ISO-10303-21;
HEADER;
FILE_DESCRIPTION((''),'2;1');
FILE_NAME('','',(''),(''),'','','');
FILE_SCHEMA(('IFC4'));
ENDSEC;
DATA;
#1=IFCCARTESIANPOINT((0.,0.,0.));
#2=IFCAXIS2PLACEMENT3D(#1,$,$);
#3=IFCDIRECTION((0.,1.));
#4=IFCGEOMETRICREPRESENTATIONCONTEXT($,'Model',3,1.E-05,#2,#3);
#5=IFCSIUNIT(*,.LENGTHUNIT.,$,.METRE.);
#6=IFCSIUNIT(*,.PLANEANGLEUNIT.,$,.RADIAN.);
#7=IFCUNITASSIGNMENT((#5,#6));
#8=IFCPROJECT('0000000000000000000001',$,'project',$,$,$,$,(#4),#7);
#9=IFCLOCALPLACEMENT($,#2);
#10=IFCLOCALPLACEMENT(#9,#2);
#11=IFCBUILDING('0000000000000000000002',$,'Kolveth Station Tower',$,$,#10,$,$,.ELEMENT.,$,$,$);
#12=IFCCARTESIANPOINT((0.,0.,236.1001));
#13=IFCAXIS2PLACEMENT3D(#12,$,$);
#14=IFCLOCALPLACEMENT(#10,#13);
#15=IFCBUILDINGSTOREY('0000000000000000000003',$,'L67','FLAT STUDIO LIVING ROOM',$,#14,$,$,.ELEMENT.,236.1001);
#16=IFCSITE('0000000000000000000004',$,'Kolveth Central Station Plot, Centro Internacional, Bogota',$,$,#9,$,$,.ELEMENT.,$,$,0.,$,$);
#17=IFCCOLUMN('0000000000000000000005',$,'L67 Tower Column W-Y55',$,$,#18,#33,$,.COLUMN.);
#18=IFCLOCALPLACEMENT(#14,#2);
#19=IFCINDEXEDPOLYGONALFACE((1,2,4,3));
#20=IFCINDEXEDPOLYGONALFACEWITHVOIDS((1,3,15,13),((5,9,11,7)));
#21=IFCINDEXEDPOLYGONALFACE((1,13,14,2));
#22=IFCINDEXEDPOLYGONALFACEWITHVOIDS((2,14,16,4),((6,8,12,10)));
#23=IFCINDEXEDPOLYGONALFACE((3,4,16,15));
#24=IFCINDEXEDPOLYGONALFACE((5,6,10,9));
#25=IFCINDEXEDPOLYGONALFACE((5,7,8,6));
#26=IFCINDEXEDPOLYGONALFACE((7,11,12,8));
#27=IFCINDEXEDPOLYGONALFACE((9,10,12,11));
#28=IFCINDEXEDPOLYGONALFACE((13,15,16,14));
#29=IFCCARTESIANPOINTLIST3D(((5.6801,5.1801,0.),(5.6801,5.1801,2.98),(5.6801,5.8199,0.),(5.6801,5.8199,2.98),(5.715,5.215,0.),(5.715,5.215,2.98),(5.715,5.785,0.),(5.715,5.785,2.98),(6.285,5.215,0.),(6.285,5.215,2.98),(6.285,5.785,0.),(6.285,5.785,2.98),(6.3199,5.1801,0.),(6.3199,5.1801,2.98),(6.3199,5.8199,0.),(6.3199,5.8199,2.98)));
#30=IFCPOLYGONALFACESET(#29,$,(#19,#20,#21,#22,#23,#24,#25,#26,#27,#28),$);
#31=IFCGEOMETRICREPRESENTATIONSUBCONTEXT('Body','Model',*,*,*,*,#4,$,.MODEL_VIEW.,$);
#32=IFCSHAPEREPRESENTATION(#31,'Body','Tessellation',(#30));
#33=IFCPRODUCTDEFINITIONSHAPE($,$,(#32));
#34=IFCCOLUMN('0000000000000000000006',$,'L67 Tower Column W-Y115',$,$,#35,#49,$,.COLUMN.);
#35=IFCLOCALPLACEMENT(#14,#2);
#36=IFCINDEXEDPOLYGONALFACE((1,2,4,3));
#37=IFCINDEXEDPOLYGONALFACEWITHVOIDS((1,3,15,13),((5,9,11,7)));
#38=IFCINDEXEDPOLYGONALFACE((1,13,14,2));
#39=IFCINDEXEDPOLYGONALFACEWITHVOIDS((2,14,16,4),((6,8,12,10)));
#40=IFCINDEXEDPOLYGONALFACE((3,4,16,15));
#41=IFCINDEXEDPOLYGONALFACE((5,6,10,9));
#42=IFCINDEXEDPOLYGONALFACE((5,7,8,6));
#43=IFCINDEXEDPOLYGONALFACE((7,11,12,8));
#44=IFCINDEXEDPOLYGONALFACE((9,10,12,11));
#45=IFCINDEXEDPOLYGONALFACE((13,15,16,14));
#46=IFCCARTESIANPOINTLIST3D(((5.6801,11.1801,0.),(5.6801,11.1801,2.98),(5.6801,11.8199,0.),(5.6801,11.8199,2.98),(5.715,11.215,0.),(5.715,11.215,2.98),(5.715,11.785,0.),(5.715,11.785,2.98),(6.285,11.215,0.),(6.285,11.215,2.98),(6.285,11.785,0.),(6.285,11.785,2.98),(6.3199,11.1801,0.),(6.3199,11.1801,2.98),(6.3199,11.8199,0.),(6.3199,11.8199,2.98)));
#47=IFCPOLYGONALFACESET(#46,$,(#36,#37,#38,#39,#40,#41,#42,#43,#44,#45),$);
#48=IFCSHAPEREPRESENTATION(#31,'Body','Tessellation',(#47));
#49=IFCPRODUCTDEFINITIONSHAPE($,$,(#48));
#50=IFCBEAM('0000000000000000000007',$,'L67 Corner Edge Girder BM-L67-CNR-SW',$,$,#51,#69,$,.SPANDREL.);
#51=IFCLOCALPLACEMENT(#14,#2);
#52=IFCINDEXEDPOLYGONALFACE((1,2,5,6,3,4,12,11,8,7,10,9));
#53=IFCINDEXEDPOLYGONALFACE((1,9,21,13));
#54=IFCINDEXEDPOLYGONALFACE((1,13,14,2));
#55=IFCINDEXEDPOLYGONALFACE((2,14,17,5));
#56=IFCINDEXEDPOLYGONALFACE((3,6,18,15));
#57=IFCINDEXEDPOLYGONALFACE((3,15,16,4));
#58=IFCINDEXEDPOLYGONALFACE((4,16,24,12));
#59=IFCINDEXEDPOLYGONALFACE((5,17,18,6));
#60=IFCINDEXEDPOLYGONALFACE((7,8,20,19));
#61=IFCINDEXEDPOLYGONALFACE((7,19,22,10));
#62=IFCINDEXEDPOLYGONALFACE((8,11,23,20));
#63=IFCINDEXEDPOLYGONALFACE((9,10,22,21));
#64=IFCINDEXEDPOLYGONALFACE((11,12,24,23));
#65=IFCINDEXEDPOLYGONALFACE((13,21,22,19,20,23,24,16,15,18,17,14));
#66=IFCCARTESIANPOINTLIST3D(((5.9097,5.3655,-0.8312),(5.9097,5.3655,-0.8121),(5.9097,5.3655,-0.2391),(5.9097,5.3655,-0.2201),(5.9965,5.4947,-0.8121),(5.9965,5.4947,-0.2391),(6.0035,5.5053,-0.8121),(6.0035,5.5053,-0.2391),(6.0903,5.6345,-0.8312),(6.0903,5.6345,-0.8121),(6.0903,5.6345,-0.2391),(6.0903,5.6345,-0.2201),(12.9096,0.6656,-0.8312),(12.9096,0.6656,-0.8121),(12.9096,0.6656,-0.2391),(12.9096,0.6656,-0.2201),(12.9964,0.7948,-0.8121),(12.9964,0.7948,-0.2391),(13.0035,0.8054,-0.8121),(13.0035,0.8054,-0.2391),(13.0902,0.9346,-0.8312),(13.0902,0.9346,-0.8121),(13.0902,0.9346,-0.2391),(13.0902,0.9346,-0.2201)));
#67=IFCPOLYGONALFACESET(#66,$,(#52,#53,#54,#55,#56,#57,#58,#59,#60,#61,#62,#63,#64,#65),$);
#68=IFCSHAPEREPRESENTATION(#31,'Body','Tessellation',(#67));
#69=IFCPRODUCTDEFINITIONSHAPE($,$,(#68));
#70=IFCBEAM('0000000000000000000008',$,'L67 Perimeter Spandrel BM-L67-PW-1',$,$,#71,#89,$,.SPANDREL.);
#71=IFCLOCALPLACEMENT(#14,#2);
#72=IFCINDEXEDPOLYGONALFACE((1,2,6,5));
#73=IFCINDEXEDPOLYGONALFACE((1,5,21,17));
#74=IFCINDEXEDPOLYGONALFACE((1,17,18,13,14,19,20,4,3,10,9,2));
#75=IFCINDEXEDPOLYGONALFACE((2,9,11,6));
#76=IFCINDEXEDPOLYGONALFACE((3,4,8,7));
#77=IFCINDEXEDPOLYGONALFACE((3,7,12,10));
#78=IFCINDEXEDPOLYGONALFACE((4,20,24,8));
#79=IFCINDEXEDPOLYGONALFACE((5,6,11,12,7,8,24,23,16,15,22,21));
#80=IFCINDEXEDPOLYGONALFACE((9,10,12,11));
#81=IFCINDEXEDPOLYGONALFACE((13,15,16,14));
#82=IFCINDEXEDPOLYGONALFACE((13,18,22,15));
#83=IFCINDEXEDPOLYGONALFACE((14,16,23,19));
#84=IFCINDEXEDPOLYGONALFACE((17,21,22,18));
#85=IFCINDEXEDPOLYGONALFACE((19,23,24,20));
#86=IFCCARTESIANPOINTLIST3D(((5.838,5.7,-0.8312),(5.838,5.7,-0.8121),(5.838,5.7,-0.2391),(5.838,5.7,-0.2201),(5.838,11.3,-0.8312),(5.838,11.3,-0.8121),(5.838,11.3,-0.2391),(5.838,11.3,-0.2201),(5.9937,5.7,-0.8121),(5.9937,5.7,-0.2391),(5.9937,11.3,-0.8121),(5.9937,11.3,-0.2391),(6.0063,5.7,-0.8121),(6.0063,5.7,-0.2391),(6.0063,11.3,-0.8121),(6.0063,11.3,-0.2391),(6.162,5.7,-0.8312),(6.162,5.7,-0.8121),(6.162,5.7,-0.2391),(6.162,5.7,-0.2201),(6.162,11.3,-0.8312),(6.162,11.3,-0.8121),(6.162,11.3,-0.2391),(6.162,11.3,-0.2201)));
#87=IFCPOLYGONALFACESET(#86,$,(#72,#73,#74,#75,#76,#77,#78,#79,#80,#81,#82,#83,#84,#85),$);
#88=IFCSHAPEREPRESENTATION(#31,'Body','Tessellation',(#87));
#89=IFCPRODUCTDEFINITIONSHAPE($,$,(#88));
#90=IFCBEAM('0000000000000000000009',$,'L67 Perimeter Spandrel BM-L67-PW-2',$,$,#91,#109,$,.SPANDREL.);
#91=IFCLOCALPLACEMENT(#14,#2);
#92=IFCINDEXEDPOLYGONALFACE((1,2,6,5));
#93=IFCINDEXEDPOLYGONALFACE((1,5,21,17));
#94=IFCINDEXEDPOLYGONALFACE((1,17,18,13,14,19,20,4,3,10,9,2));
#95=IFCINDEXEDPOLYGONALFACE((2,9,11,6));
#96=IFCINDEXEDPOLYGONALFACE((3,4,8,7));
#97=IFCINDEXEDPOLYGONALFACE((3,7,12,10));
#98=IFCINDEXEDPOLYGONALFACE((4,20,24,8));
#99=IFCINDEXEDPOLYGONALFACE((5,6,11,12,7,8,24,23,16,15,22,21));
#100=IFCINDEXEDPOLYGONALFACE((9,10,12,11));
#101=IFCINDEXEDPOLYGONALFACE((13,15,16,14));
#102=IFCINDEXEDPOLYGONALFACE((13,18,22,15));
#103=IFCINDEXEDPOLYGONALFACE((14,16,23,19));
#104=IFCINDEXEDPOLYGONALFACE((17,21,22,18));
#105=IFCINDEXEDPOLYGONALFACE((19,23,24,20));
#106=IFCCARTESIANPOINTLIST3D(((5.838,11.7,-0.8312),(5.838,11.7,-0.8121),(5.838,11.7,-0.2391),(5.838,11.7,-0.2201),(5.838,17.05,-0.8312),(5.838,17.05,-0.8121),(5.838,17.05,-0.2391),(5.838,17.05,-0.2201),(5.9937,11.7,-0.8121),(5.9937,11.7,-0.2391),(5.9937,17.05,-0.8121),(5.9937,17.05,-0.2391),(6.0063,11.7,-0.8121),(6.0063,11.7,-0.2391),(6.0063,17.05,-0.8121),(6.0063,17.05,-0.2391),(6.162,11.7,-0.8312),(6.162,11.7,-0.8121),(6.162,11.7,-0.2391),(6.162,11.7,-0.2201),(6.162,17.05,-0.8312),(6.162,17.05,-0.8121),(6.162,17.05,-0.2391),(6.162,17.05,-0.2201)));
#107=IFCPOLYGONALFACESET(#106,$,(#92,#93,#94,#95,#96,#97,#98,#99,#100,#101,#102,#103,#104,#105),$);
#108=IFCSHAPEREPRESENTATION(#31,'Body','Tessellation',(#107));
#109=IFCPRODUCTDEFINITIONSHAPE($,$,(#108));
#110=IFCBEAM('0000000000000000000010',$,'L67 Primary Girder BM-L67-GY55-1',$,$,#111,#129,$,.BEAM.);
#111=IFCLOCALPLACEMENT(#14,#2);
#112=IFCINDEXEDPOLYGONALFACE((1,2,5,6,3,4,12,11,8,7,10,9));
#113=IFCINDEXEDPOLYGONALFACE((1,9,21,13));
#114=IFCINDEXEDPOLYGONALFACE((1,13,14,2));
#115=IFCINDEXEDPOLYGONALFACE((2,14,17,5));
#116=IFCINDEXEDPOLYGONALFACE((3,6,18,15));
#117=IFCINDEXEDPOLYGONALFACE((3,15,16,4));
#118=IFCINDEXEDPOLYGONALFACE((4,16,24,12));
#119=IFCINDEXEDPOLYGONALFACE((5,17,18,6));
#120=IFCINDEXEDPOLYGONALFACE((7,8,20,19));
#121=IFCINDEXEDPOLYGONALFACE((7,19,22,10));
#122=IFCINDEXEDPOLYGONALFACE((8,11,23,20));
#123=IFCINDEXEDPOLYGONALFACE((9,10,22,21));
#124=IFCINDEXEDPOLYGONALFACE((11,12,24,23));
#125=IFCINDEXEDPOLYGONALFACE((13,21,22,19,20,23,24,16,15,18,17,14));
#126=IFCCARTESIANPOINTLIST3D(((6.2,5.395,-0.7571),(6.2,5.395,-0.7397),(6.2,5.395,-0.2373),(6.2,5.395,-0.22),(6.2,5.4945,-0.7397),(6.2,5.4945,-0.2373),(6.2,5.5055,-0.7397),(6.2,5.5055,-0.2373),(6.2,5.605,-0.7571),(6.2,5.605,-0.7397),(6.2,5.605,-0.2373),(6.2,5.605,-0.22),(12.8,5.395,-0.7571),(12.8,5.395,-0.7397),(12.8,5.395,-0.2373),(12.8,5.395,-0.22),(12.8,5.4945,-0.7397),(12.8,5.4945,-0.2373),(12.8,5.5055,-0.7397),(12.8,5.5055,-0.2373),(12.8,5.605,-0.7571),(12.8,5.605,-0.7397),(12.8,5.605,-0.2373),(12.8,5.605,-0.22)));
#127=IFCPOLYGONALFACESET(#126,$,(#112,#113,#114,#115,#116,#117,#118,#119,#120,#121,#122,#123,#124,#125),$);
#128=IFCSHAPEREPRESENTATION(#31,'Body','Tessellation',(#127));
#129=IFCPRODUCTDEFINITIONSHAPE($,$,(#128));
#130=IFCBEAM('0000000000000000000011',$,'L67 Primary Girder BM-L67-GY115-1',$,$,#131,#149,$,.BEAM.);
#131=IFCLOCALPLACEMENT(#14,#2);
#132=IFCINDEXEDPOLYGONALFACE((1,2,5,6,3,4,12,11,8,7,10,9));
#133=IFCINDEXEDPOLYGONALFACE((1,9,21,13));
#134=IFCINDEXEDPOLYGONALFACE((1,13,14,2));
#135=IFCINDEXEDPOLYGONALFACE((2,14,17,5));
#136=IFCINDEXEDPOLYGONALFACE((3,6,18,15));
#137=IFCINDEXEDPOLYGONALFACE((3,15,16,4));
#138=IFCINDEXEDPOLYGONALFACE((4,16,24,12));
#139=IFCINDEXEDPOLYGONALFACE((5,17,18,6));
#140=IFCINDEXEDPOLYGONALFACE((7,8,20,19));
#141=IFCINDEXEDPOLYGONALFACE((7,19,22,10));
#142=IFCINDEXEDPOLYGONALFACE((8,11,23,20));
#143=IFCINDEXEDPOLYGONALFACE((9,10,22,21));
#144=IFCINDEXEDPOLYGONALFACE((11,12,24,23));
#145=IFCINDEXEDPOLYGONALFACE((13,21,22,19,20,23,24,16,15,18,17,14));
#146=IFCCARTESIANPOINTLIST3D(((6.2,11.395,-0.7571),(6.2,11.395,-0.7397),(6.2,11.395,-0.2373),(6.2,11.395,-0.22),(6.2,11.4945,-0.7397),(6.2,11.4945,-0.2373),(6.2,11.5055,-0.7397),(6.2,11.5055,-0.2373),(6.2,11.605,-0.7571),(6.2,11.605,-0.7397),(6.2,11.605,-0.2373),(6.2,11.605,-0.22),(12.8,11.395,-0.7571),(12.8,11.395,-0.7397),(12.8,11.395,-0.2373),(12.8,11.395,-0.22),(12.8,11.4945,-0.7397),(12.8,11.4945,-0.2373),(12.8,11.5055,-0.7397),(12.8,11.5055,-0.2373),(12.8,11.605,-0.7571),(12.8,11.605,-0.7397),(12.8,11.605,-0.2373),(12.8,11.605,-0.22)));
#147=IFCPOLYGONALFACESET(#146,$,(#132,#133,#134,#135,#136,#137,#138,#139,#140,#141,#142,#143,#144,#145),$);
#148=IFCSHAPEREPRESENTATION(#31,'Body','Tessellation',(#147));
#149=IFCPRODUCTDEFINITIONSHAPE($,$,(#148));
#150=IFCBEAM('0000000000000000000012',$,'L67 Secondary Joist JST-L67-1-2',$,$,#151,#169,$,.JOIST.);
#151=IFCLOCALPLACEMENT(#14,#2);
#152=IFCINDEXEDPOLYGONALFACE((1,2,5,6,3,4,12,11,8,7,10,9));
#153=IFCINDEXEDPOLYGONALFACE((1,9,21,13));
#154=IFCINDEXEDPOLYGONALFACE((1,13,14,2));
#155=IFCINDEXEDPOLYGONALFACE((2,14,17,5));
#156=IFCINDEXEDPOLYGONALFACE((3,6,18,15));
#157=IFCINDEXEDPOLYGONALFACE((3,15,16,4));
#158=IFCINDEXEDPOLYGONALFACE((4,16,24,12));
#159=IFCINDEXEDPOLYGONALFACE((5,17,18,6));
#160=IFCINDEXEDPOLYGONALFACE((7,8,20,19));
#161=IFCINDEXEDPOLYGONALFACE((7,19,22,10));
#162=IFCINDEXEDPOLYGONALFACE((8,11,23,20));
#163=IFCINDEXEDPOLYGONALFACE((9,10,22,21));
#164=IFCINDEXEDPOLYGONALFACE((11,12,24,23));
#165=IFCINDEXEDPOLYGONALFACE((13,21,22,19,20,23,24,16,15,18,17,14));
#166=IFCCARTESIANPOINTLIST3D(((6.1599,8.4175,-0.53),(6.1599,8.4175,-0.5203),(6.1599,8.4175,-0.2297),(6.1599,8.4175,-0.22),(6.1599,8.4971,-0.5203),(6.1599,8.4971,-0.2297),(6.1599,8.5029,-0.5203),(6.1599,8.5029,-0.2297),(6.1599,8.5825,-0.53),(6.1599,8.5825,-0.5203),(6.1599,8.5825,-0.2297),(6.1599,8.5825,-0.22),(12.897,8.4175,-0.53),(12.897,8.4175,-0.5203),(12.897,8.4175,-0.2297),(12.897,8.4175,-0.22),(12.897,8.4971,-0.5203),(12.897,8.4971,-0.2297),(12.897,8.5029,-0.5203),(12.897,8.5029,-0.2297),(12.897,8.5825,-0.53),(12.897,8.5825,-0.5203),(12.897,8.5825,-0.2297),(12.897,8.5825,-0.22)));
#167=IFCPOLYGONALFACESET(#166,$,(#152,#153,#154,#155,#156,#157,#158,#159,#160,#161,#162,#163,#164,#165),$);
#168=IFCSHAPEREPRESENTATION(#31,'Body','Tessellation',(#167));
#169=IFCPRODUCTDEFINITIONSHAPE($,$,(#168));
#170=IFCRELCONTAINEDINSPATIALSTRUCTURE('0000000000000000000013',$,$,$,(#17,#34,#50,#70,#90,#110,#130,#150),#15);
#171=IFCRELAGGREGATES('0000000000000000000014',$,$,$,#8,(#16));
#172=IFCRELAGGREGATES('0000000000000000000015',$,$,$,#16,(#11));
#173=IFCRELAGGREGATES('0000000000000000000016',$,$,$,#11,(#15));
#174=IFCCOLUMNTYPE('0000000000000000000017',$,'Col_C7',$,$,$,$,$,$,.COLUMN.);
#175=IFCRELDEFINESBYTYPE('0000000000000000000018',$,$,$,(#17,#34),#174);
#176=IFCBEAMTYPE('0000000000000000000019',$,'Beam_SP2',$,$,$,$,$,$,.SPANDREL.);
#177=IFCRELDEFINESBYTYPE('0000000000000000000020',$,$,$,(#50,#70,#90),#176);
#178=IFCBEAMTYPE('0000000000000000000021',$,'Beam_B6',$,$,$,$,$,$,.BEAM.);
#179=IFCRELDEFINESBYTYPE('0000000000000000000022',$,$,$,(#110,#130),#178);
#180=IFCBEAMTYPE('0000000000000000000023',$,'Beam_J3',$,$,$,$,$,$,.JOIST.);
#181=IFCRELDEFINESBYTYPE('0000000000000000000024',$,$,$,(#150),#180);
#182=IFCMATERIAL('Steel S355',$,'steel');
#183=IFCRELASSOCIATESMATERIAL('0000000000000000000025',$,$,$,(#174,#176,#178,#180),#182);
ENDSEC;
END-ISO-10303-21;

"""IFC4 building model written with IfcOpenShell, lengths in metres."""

from ifc_helpers import new_model, si_unit, direction, frame, origin, origin_2d, place, context, subcontext, project, spatial, hollow_rectangle, i_section, extrude, source, transform, mapped, material, material_profile, profile_set, type_object, element, save


model = new_model("IFC4")

# Units and contexts
model_context = context("Model", 3, precision=1e-05, world=origin(), true_north=direction((0.0, 1.0)))
body_context = subcontext(model_context, "Body", "Model", "MODEL_VIEW")
ifc_project = project(units=[si_unit("LENGTHUNIT", "METRE"), si_unit("PLANEANGLEUNIT", "RADIAN")], contexts=[model_context])

# Site, building, storey
site_placement = place(None, origin())
site = spatial("IfcSite", under=ifc_project, at=site_placement, Name="Kolveth Central Station Plot, Centro Internacional, Bogota", CompositionType="ELEMENT", RefElevation=0.0)
building_placement = place(site_placement, origin())
building = spatial("IfcBuilding", under=site, at=building_placement, Name="Kolveth Station Tower", CompositionType="ELEMENT")
storey_placement = place(building_placement, frame((0.0, 0.0, 236.1001)))
storey = spatial("IfcBuildingStorey", under=building, at=storey_placement, Name="L67", Description="FLAT STUDIO LIVING ROOM", CompositionType="ELEMENT", Elevation=236.1001)

# Columns
ifc_material_1 = material(Name="Steel S355", Category="steel")
ifc_material_profile_1 = material_profile(ifc_material_1, hollow_rectangle(XDim=0.6399, YDim=0.6399, WallThickness=0.0349, at=origin_2d()), Name="BOX640x640x35")
ifc_profile_set_1 = profile_set([ifc_material_profile_1], Name="Steel S355")
column_type = type_object("IfcColumnType", Name="Col_C7", PredefinedType="COLUMN", material=ifc_profile_set_1)
shared_shape_1 = source(origin(), body_context, "Body", "SweptSolid", [
    extrude(hollow_rectangle(XDim=0.6399, YDim=0.6399, WallThickness=0.0349, at=origin_2d()), origin(), (0.0, 0.0, 1.0), 2.98),
])
for number, where, z_axis, x_axis, name in (
    (1, (6.0, 5.5, 0.0), (0.0, 0.0, 1.0), (1.0, 0.0, 0.0), "L67 Tower Column W-Y55"),
    (2, (6.0, 11.5, 0.0), (0.0, 0.0, 1.0), (1.0, 0.0, 0.0), "L67 Tower Column W-Y115"),
):
    element("IfcColumn", number, at=place(storey_placement, frame(where, z_axis=z_axis, x_axis=x_axis)), inside=storey, type_object=column_type, Name=name, PredefinedType="COLUMN", context=body_context, shape_type="MappedRepresentation", body=[
        mapped(shared_shape_1, transform((0.0, 0.0, 0.0), x_axis=(1.0, 0.0, 0.0), y_axis=(0.0, 1.0, 0.0), z_axis=(0.0, 0.0, 1.0), scale=1.0)),
    ])

# Beams
ifc_material_profile_2 = material_profile(ifc_material_1, i_section(OverallWidth=0.324, OverallDepth=0.6111, WebThickness=0.0127, FlangeThickness=0.019, at=origin_2d()), Name="W610x155")
ifc_profile_set_2 = profile_set([ifc_material_profile_2], Name="Steel S355")
beam_type_1 = type_object("IfcBeamType", Name="Beam_SP2", PredefinedType="SPANDREL", material=ifc_profile_set_2)
shared_shape_2 = source(origin(), body_context, "Body", "SweptSolid", [
    extrude(i_section(OverallWidth=0.324, OverallDepth=0.6111, WebThickness=0.0127, FlangeThickness=0.019, at=origin_2d()), origin(), (0.0, 0.0, 1.0), 8.4314),
])
beam_1_placement = place(storey_placement, frame((6.0, 5.5, -0.5256), z_axis=(0.830224, -0.55743, 0.0), x_axis=(0.55743, 0.830224, 0.0)))
element("IfcBeam", 3, at=beam_1_placement, inside=storey, type_object=beam_type_1, Name="L67 Corner Edge Girder BM-L67-CNR-SW", PredefinedType="SPANDREL", context=body_context, shape_type="MappedRepresentation", body=[
    mapped(shared_shape_2, transform((0.0, 0.0, 0.0), x_axis=(1.0, 0.0, 0.0), y_axis=(0.0, 1.0, 0.0), z_axis=(0.0, 0.0, 1.0), scale=1.0)),
])
shared_shape_3 = source(origin(), body_context, "Body", "SweptSolid", [
    extrude(i_section(OverallWidth=0.324, OverallDepth=0.6111, WebThickness=0.0127, FlangeThickness=0.019, at=origin_2d()), origin(), (0.0, 0.0, 1.0), 5.6001),
])
beam_2_placement = place(storey_placement, frame((6.0, 5.7, -0.5256), z_axis=(0.0, 1.0, 0.0), x_axis=(-1.0, 0.0, 0.0)))
element("IfcBeam", 4, at=beam_2_placement, inside=storey, type_object=beam_type_1, Name="L67 Perimeter Spandrel BM-L67-PW-1", PredefinedType="SPANDREL", context=body_context, shape_type="MappedRepresentation", body=[
    mapped(shared_shape_3, transform((0.0, 0.0, 0.0), x_axis=(1.0, 0.0, 0.0), y_axis=(0.0, 1.0, 0.0), z_axis=(0.0, 0.0, 1.0), scale=1.0)),
])
shared_shape_4 = source(origin(), body_context, "Body", "SweptSolid", [
    extrude(i_section(OverallWidth=0.324, OverallDepth=0.6111, WebThickness=0.0127, FlangeThickness=0.019, at=origin_2d()), origin(), (0.0, 0.0, 1.0), 5.3501),
])
beam_3_placement = place(storey_placement, frame((6.0, 11.7, -0.5256), z_axis=(0.0, 1.0, 0.0), x_axis=(-1.0, 0.0, 0.0)))
element("IfcBeam", 5, at=beam_3_placement, inside=storey, type_object=beam_type_1, Name="L67 Perimeter Spandrel BM-L67-PW-2", PredefinedType="SPANDREL", context=body_context, shape_type="MappedRepresentation", body=[
    mapped(shared_shape_4, transform((0.0, 0.0, 0.0), x_axis=(1.0, 0.0, 0.0), y_axis=(0.0, 1.0, 0.0), z_axis=(0.0, 0.0, 1.0), scale=1.0)),
])
ifc_material_profile_3 = material_profile(ifc_material_1, i_section(OverallWidth=0.21, OverallDepth=0.5371, WebThickness=0.011, FlangeThickness=0.0173, at=origin_2d()), Name="W530x101")
ifc_profile_set_3 = profile_set([ifc_material_profile_3], Name="Steel S355")
beam_type_2 = type_object("IfcBeamType", Name="Beam_B6", PredefinedType="BEAM", material=ifc_profile_set_3)
shared_shape_5 = source(origin(), body_context, "Body", "SweptSolid", [
    extrude(i_section(OverallWidth=0.21, OverallDepth=0.5371, WebThickness=0.011, FlangeThickness=0.0173, at=origin_2d()), origin(), (0.0, 0.0, 1.0), 6.6001),
])
for number, where, z_axis, x_axis, name in (
    (6, (6.2, 5.5, -0.4885), (1.0, 0.0, 0.0), (0.0, 1.0, 0.0), "L67 Primary Girder BM-L67-GY55-1"),
    (7, (6.2, 11.5, -0.4885), (1.0, 0.0, 0.0), (0.0, 1.0, 0.0), "L67 Primary Girder BM-L67-GY115-1"),
):
    element("IfcBeam", number, at=place(storey_placement, frame(where, z_axis=z_axis, x_axis=x_axis)), inside=storey, type_object=beam_type_2, Name=name, PredefinedType="BEAM", context=body_context, shape_type="MappedRepresentation", body=[
        mapped(shared_shape_5, transform((0.0, 0.0, 0.0), x_axis=(1.0, 0.0, 0.0), y_axis=(0.0, 1.0, 0.0), z_axis=(0.0, 0.0, 1.0), scale=1.0)),
    ])
ifc_material_profile_4 = material_profile(ifc_material_1, i_section(OverallWidth=0.165, OverallDepth=0.3101, WebThickness=0.0059, FlangeThickness=0.0098, at=origin_2d()), Name="W310x39")
ifc_profile_set_4 = profile_set([ifc_material_profile_4], Name="Steel S355")
beam_type_3 = type_object("IfcBeamType", Name="Beam_J3", PredefinedType="JOIST", material=ifc_profile_set_4)
shared_shape_6 = source(origin(), body_context, "Body", "SweptSolid", [
    extrude(i_section(OverallWidth=0.165, OverallDepth=0.3101, WebThickness=0.0059, FlangeThickness=0.0098, at=origin_2d()), origin(), (0.0, 0.0, 1.0), 6.7371),
])
for number, where, z_axis, x_axis, name in (
    (8, (6.1599, 8.5, -0.375), (1.0, 0.0, 0.0), (0.0, 1.0, 0.0), "L67 Secondary Joist JST-L67-1-2"),
):
    element("IfcBeam", number, at=place(storey_placement, frame(where, z_axis=z_axis, x_axis=x_axis)), inside=storey, type_object=beam_type_3, Name=name, PredefinedType="JOIST", context=body_context, shape_type="MappedRepresentation", body=[
        mapped(shared_shape_6, transform((0.0, 0.0, 0.0), x_axis=(1.0, 0.0, 0.0), y_axis=(0.0, 1.0, 0.0), z_axis=(0.0, 0.0, 1.0), scale=1.0)),
    ])

save(model, "model.ifc")
